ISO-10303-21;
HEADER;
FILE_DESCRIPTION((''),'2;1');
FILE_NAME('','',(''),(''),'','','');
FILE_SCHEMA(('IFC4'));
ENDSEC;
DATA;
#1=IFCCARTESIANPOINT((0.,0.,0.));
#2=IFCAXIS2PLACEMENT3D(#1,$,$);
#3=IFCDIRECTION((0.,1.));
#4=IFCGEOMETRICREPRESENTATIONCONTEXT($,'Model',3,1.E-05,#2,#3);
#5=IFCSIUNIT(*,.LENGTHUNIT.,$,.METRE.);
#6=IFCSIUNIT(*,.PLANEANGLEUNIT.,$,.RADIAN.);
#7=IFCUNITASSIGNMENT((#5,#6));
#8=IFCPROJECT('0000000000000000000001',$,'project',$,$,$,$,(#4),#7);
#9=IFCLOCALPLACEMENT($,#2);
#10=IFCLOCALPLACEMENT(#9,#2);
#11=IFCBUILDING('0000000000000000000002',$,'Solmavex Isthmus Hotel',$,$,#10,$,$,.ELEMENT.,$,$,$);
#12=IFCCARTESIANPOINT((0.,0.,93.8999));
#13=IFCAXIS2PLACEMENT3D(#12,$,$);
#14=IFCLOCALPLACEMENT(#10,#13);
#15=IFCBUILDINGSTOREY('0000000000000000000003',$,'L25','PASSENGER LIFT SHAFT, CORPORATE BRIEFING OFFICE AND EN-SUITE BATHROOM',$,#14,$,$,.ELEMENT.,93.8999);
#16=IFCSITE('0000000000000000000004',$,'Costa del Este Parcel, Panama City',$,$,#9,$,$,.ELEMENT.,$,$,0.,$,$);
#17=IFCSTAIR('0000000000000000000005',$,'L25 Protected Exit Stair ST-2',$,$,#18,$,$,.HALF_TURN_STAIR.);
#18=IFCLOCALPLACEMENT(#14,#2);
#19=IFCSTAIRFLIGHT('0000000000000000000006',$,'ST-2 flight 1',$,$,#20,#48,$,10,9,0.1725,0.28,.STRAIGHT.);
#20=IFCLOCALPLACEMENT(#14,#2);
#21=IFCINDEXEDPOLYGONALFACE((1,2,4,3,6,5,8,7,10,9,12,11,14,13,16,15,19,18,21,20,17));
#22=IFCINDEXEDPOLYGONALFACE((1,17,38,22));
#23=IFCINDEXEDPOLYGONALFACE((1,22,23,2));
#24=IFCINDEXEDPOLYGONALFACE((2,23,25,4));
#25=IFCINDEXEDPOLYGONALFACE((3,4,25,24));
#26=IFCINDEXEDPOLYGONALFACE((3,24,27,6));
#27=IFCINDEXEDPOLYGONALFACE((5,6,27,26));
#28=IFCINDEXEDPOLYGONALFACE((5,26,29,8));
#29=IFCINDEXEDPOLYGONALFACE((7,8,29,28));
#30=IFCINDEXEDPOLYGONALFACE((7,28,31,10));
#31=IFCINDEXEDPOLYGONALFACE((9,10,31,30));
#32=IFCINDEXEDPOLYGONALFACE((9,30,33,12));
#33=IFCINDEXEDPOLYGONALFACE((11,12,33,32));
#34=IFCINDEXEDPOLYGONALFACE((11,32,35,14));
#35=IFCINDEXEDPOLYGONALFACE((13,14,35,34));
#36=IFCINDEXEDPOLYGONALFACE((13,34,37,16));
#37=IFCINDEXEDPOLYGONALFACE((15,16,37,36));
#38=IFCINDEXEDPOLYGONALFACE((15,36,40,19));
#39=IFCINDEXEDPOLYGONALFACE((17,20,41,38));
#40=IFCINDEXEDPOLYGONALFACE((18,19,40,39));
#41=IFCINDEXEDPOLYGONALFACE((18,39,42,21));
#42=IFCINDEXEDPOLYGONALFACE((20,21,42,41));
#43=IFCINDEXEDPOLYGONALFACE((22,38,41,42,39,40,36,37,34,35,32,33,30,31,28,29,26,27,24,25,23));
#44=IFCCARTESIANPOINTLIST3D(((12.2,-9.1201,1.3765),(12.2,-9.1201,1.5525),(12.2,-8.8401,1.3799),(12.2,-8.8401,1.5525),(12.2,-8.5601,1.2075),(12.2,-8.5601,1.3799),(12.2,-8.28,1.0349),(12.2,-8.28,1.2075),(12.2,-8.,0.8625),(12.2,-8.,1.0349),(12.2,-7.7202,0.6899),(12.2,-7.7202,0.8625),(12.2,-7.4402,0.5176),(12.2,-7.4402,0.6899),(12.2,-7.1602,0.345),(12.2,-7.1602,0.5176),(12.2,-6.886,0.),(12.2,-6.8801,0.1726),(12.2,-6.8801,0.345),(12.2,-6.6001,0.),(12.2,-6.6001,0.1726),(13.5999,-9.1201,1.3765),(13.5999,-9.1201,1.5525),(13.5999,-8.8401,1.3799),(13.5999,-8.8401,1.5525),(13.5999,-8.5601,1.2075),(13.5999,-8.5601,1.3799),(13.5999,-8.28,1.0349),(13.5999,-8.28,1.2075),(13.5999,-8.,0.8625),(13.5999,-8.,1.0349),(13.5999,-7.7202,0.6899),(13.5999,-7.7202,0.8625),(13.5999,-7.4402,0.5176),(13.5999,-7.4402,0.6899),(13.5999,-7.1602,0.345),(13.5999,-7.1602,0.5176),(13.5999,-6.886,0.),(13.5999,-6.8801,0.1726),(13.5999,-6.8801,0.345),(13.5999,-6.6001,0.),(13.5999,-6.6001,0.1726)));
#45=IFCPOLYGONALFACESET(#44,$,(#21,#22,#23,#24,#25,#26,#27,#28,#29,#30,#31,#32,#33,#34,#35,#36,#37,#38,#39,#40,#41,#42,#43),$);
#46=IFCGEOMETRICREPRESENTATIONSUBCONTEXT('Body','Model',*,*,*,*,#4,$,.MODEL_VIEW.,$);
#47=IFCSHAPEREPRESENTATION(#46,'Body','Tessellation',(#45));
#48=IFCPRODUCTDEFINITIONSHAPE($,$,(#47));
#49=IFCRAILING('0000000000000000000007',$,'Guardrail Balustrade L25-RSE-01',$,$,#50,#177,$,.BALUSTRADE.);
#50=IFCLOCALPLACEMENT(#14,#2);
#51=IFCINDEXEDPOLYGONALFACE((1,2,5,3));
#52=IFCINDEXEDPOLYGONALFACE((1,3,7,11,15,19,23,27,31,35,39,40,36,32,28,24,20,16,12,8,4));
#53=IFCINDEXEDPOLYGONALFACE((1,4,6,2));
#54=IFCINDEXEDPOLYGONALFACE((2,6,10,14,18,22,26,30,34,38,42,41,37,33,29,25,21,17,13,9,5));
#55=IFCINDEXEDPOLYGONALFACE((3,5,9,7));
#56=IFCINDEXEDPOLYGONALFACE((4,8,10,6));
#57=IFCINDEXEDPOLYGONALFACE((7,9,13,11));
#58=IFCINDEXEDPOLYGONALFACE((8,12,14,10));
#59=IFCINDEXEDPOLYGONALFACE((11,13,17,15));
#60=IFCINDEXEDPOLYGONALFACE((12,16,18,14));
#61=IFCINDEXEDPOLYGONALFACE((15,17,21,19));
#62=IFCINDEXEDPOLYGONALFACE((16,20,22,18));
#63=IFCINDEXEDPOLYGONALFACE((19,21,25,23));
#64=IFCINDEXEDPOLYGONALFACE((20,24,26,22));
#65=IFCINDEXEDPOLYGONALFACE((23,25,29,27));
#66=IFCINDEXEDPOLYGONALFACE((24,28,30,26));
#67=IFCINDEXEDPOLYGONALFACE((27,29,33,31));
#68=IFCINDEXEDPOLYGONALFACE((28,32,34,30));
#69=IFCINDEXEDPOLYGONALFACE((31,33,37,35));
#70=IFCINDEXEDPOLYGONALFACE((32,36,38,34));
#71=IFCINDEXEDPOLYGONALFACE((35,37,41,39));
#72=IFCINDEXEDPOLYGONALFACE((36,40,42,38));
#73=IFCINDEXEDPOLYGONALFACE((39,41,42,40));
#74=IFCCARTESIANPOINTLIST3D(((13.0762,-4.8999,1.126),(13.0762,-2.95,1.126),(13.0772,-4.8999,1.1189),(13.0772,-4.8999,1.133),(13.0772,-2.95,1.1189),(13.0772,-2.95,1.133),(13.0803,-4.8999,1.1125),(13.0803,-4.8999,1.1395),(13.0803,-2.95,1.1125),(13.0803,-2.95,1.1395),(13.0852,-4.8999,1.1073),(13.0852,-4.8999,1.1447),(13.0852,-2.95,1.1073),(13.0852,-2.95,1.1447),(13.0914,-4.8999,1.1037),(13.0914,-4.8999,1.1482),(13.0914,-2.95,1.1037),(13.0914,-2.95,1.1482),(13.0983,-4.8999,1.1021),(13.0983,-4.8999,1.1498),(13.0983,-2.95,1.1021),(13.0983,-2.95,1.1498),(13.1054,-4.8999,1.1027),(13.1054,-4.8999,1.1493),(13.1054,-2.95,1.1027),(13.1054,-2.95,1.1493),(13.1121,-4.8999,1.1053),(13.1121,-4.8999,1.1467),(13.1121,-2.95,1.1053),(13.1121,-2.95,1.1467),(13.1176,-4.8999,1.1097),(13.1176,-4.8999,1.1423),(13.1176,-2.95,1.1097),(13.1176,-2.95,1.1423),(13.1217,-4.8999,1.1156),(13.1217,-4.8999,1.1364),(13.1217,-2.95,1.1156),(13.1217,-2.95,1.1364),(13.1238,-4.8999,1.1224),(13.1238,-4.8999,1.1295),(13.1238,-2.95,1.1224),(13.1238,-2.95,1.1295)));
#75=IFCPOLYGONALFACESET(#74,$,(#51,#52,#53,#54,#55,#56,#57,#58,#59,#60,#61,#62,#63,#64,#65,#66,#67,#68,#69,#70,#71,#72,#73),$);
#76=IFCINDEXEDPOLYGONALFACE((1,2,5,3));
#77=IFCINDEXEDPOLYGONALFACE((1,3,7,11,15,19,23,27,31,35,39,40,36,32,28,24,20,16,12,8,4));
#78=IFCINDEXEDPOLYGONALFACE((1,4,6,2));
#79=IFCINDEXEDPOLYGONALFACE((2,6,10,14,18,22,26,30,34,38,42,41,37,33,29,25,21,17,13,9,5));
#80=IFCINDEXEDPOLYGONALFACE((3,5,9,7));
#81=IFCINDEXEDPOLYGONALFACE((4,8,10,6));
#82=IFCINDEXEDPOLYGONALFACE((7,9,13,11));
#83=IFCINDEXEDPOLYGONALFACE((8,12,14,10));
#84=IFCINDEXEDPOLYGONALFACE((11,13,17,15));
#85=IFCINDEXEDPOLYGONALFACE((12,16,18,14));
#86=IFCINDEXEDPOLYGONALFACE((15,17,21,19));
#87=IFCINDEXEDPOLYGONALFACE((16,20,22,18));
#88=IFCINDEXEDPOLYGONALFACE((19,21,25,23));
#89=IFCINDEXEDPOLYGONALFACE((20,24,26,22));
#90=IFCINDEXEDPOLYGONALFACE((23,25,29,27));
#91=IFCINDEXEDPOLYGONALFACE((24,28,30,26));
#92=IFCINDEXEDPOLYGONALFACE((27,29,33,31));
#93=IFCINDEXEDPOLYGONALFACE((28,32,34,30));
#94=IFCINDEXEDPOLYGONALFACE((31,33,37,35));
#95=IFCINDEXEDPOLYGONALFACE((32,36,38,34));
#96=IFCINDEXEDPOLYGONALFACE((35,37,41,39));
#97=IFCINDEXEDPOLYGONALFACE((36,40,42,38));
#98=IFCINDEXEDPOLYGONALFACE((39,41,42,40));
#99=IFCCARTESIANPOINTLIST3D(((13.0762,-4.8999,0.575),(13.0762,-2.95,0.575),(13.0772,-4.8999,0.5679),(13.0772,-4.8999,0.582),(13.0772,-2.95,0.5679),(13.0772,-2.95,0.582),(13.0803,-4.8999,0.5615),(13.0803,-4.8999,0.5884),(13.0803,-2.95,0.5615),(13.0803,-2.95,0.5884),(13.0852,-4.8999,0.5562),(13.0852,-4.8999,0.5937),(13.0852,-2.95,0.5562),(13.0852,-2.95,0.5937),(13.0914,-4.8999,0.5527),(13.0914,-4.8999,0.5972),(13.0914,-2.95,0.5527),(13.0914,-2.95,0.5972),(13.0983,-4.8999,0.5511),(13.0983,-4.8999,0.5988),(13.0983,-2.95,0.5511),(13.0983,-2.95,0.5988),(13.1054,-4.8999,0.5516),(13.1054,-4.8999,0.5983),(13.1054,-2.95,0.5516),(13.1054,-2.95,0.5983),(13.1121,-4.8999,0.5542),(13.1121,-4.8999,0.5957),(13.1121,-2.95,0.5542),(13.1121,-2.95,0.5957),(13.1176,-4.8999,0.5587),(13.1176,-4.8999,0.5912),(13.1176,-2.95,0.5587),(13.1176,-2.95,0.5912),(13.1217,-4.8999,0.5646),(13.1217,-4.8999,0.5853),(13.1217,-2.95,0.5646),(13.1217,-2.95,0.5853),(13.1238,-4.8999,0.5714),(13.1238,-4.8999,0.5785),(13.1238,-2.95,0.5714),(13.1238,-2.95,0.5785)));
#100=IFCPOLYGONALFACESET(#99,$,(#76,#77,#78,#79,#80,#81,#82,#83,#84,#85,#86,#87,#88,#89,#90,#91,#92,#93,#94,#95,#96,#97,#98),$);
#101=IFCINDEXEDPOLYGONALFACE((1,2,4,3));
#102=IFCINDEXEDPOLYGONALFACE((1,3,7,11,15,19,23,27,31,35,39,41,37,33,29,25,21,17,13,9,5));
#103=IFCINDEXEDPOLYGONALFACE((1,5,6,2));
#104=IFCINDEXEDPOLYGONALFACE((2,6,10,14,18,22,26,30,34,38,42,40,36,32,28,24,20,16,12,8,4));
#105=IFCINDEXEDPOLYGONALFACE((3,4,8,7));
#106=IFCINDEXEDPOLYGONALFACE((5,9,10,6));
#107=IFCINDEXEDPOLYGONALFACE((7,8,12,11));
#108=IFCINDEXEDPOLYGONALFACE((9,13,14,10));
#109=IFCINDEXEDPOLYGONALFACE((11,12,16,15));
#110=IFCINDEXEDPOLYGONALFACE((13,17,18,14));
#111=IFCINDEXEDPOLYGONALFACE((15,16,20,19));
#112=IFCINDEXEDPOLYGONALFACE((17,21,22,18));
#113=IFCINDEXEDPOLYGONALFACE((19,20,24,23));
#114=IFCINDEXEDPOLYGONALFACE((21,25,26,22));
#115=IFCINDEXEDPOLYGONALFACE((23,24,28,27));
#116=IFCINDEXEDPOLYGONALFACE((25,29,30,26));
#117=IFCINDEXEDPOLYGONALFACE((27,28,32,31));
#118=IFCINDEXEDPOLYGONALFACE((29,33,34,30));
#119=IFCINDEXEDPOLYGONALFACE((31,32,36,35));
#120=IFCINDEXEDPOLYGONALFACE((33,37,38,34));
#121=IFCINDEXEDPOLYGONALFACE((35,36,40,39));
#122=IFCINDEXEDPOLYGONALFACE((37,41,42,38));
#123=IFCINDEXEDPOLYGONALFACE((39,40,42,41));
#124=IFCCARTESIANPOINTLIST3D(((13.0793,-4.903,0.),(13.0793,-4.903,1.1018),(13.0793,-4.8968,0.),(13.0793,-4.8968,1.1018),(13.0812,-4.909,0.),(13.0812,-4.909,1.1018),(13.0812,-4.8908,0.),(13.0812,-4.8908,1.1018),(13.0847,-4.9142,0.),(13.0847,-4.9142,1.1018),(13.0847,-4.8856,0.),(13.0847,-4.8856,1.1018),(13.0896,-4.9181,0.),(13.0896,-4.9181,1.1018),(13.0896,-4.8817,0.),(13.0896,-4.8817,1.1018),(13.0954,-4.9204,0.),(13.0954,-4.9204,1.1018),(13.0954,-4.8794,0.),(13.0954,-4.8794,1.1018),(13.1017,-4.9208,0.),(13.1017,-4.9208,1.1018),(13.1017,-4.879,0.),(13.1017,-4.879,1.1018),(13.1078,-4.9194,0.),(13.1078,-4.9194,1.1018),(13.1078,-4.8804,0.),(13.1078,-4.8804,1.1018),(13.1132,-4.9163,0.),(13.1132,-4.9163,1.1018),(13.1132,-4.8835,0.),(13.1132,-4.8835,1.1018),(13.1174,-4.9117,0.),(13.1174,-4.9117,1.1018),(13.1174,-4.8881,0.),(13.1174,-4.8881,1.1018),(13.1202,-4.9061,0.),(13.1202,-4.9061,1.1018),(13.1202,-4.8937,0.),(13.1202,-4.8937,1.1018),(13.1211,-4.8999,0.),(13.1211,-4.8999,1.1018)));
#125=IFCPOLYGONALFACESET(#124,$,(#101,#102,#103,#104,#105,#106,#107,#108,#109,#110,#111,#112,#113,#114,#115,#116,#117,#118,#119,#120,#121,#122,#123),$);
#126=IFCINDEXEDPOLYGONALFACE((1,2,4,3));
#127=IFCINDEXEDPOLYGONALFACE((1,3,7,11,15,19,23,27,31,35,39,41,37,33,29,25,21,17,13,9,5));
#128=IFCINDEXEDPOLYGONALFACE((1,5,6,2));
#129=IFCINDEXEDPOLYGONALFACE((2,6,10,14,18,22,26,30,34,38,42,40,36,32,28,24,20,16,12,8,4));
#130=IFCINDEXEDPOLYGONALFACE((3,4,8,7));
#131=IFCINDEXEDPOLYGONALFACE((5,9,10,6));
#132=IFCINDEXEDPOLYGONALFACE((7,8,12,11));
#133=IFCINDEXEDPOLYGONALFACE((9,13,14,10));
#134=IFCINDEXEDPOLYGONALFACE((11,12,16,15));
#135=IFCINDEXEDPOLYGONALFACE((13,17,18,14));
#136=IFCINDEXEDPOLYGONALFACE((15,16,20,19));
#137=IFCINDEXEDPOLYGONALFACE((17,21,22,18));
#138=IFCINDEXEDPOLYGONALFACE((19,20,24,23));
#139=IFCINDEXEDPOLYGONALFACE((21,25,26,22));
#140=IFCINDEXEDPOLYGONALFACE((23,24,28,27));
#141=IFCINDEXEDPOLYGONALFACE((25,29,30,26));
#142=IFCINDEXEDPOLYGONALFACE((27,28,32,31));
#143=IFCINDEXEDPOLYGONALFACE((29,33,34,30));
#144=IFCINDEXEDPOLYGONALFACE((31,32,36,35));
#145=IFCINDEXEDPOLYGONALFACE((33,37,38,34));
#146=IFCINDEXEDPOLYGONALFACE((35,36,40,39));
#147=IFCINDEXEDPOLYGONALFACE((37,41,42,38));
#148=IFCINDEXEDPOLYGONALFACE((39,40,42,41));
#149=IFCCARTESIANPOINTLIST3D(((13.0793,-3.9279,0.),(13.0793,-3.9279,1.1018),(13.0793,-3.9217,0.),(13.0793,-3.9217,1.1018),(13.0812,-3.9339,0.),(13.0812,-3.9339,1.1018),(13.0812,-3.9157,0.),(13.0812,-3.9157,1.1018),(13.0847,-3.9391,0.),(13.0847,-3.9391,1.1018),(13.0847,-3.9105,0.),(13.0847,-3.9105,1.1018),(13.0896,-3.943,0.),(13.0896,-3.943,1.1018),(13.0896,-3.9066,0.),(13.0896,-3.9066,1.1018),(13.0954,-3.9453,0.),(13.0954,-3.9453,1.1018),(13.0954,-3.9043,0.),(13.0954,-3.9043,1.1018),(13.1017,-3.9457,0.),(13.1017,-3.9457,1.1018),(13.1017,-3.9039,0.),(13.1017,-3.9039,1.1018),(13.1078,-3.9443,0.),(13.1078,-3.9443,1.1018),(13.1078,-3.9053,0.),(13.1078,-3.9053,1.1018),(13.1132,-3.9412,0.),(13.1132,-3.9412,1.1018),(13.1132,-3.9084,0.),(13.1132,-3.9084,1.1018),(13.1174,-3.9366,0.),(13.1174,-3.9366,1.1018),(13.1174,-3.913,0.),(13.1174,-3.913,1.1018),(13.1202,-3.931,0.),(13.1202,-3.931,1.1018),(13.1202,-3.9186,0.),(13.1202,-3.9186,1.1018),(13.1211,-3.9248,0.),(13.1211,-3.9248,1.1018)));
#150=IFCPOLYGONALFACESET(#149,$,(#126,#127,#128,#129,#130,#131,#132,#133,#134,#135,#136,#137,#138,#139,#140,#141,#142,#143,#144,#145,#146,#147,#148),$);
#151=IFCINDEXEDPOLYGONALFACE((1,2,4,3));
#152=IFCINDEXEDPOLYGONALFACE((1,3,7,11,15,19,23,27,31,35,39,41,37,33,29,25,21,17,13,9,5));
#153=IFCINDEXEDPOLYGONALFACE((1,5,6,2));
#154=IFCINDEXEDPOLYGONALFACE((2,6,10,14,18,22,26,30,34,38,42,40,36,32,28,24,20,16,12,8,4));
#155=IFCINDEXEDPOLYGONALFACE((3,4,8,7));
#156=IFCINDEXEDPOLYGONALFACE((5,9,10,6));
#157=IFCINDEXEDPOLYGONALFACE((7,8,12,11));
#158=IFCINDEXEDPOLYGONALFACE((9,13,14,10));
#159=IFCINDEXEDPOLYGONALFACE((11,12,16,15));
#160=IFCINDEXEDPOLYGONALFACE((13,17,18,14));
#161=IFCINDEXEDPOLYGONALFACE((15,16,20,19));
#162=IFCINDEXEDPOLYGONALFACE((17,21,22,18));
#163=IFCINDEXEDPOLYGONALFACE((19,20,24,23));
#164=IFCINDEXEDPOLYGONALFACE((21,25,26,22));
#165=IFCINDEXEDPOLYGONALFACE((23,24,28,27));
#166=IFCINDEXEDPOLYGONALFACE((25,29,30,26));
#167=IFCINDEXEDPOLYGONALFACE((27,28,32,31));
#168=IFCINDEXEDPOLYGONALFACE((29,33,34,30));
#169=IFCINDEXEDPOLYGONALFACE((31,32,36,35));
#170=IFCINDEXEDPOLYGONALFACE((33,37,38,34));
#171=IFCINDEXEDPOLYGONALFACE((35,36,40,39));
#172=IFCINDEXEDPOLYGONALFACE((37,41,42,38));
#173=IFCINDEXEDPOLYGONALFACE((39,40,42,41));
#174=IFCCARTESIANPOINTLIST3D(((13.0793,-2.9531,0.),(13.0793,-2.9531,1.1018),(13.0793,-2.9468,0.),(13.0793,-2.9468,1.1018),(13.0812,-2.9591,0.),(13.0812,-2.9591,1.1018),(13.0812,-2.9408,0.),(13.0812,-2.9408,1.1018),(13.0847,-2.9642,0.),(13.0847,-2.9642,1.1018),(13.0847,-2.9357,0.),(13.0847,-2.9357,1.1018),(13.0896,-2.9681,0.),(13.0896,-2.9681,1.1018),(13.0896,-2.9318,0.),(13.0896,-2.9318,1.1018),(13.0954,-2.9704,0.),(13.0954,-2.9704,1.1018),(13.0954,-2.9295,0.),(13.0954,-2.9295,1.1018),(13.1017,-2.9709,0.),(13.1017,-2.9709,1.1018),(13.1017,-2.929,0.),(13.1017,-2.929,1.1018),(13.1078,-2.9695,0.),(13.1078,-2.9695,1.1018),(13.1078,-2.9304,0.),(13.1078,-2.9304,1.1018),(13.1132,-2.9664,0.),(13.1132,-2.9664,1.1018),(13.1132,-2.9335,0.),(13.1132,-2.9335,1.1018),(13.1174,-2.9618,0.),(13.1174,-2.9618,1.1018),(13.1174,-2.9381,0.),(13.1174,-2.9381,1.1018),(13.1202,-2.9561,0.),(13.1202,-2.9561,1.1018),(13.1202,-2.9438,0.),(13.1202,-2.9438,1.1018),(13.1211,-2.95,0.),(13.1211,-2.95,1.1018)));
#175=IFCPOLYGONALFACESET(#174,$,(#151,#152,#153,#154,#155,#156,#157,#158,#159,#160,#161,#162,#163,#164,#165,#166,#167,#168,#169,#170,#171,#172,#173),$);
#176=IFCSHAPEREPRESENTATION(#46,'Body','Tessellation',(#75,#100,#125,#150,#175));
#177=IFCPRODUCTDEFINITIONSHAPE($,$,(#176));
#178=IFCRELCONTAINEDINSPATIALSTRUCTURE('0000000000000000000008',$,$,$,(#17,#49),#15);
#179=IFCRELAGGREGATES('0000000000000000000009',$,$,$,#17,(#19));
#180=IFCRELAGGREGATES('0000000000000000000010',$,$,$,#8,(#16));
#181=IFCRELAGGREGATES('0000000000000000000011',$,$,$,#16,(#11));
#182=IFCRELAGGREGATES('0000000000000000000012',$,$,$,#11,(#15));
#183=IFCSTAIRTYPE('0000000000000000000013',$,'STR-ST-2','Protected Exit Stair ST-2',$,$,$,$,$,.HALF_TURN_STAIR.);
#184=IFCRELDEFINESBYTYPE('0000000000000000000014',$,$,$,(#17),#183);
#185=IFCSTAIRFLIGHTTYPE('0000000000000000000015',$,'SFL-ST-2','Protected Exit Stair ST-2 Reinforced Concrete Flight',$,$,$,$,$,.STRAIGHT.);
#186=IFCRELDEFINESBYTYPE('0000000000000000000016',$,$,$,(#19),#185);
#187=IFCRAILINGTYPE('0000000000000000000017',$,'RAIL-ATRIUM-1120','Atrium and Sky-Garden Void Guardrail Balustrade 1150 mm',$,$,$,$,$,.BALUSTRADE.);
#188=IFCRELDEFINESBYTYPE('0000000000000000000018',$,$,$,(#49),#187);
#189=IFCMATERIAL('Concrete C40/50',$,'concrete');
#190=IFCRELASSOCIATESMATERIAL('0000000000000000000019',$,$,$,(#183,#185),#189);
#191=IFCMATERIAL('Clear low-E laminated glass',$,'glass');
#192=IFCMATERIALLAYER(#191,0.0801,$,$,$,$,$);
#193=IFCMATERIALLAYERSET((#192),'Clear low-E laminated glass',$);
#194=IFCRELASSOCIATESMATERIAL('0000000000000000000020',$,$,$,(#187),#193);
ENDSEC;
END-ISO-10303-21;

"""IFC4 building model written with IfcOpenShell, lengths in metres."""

from ifc_helpers import new_model, si_unit, direction, frame, origin, origin_2d, place, context, subcontext, project, spatial, polyline, circle, outline, extrude, material, layer, layer_set, type_object, element, aggregate, save


model = new_model("IFC4")

# Units and contexts
model_context = context("Model", 3, precision=1e-05, world=origin(), true_north=direction((0.0, 1.0)))
body_context = subcontext(model_context, "Body", "Model", "MODEL_VIEW")
ifc_project = project(units=[si_unit("LENGTHUNIT", "METRE"), si_unit("PLANEANGLEUNIT", "RADIAN")], contexts=[model_context])

# Site, building, storey
site_placement = place(None, origin())
site = spatial("IfcSite", under=ifc_project, at=site_placement, Name="Costa del Este Parcel, Panama City", CompositionType="ELEMENT", RefElevation=0.0)
building_placement = place(site_placement, origin())
building = spatial("IfcBuilding", under=site, at=building_placement, Name="Solmavex Isthmus Hotel", CompositionType="ELEMENT")
storey_placement = place(building_placement, frame((0.0, 0.0, 93.8999)))
storey = spatial("IfcBuildingStorey", under=building, at=storey_placement, Name="L25", Description="PASSENGER LIFT SHAFT, CORPORATE BRIEFING OFFICE AND EN-SUITE BATHROOM", CompositionType="ELEMENT", Elevation=93.8999)

# Shared definitions
ifc_material_1 = material(Name="Concrete C40/50", Category="concrete")

# Stair, stair flight
stair_type = type_object("IfcStairType", Name="STR-ST-2", Description="Protected Exit Stair ST-2", PredefinedType="HALF_TURN_STAIR", material=ifc_material_1)
stair_placement = place(storey_placement, origin())
stair = element("IfcStair", 1, at=stair_placement, inside=storey, type_object=stair_type, Name="L25 Protected Exit Stair ST-2", PredefinedType="HALF_TURN_STAIR")
stair_flight_type = type_object("IfcStairFlightType", Name="SFL-ST-2", Description="Protected Exit Stair ST-2 Reinforced Concrete Flight", PredefinedType="STRAIGHT", material=ifc_material_1)
stair_flight_placement = place(storey_placement, frame((12.8999, -6.6001, 0.0), z_axis=(0.0, 0.0, 1.0), x_axis=(0.0, -1.0, 0.0)))
stair_flight = element("IfcStairFlight", 2, at=stair_flight_placement, type_object=stair_flight_type, Name="ST-2 flight 1", NumberOfRisers=10, NumberOfTreads=9, PredefinedType="STRAIGHT", RiserHeight=0.1725, TreadLength=0.28, context=body_context, shape_type="SweptSolid", body=[
    extrude(outline(polyline([(0.0, 0.0), (0.0, 0.1726), (0.28, 0.1726), (0.28, 0.345), (0.5601, 0.345), (0.5601, 0.5176), (0.8401, 0.5176), (0.8401, 0.6899), (1.1201, 0.6899), (1.1201, 0.8625), (1.3999, 0.8625), (1.3999, 1.0349), (1.6799, 1.0349), (1.6799, 1.2075), (1.96, 1.2075), (1.96, 1.3799), (2.24, 1.3799), (2.24, 1.5525), (2.52, 1.5525), (2.52, 1.7251), (2.52, 1.3765), (0.2859, 0.0), (0.0, 0.0)])), frame((0.0, 0.7, 0.0), z_axis=(0.0, -1.0, 0.0), x_axis=(1.0, 0.0, 0.0)), (0.0, 0.0, 1.0), 1.3999),
])
aggregate(stair, [stair_flight])

# Railing
ifc_material_2 = material(Name="Clear low-E laminated glass", Category="glass")
ifc_layer_1 = layer(ifc_material_2, 0.0801)
ifc_layer_set_1 = layer_set([ifc_layer_1], Name="Clear low-E laminated glass")
railing_type_1 = type_object("IfcRailingType", Name="RAIL-ATRIUM-1120", Description="Atrium and Sky-Garden Void Guardrail Balustrade 1150 mm", PredefinedType="BALUSTRADE", material=ifc_layer_set_1)
railing_1_placement = place(storey_placement, frame((13.1001, -4.8999, 0.0)))
element("IfcRailing", 3, at=railing_1_placement, inside=storey, type_object=railing_type_1, Name="Guardrail Balustrade L25-RSE-01", PredefinedType="BALUSTRADE", context=body_context, shape_type="SweptSolid", body=[
    extrude(circle(Radius=0.0239, at=origin_2d()), frame((0.0, 0.0, 1.126), z_axis=(0.0, 1.0, 0.0), x_axis=(-1.0, 0.0, 0.0)), (0.0, 0.0, 1.0), 1.95),
    extrude(circle(Radius=0.0239, at=origin_2d()), frame((0.0, 0.0, 0.575), z_axis=(0.0, 1.0, 0.0), x_axis=(-1.0, 0.0, 0.0)), (0.0, 0.0, 1.0), 1.95),
    extrude(circle(Radius=0.021, at=origin_2d()), origin(), (0.0, 0.0, 1.0), 1.1018),
    extrude(circle(Radius=0.021, at=origin_2d()), frame((0.0, 0.9751, 0.0)), (0.0, 0.0, 1.0), 1.1018),
    extrude(circle(Radius=0.021, at=origin_2d()), frame((0.0, 1.95, 0.0)), (0.0, 0.0, 1.0), 1.1018),
])

save(model, "model.ifc")
